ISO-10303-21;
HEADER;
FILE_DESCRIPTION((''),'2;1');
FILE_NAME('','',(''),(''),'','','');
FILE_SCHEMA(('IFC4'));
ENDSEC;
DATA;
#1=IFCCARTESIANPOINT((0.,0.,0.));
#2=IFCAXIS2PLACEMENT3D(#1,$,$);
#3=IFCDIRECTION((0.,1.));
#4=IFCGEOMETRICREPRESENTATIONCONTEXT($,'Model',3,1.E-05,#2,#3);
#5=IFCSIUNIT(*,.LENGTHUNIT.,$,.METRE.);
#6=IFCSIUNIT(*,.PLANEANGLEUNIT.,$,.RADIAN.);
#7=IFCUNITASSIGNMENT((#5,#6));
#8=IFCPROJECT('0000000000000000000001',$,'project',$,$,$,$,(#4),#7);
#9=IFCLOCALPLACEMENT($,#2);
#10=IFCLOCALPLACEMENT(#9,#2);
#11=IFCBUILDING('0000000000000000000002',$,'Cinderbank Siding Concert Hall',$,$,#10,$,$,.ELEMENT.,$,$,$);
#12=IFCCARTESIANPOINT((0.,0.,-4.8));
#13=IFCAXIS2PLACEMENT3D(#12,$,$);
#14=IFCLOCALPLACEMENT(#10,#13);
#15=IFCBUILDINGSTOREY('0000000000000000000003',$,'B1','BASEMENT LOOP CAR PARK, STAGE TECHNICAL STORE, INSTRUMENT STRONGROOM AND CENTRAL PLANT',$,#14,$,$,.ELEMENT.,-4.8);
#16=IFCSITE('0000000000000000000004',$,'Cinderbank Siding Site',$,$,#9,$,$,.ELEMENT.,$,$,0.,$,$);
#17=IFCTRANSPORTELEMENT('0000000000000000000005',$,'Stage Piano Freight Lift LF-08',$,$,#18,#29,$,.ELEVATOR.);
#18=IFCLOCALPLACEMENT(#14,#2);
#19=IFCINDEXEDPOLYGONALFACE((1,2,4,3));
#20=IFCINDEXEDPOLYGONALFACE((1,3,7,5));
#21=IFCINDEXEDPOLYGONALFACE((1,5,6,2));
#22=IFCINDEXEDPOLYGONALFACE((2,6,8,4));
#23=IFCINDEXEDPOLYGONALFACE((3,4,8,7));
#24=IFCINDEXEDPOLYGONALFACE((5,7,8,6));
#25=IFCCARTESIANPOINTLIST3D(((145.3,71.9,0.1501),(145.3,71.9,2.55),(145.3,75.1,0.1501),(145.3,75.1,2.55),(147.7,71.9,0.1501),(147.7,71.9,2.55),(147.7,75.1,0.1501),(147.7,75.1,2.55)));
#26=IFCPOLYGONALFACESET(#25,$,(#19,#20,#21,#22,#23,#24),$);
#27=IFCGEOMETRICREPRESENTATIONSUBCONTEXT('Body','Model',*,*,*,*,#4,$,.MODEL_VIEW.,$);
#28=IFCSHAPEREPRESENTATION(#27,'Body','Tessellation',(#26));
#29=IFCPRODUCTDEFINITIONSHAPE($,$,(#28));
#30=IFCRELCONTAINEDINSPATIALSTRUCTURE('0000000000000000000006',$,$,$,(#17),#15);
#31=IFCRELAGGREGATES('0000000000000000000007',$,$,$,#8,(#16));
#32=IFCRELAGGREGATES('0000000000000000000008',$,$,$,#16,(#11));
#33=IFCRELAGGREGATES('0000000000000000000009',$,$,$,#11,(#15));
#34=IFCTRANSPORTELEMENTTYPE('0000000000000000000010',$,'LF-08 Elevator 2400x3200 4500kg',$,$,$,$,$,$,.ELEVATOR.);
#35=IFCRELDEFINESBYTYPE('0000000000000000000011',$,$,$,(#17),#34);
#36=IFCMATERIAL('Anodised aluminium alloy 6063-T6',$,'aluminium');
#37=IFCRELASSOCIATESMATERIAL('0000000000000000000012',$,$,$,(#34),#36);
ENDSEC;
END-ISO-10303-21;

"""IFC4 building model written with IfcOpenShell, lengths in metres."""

from ifc_helpers import new_model, si_unit, direction, frame, origin, origin_2d, place, context, subcontext, project, spatial, rectangle, extrude, material, type_object, element, save


model = new_model("IFC4")

# Units and contexts
model_context = context("Model", 3, precision=1e-05, world=origin(), true_north=direction((0.0, 1.0)))
body_context = subcontext(model_context, "Body", "Model", "MODEL_VIEW")
ifc_project = project(units=[si_unit("LENGTHUNIT", "METRE"), si_unit("PLANEANGLEUNIT", "RADIAN")], contexts=[model_context])

# Site, building, storey
site_placement = place(None, origin())
site = spatial("IfcSite", under=ifc_project, at=site_placement, Name="Cinderbank Siding Site", CompositionType="ELEMENT", RefElevation=0.0)
building_placement = place(site_placement, origin())
building = spatial("IfcBuilding", under=site, at=building_placement, Name="Cinderbank Siding Concert Hall", CompositionType="ELEMENT")
storey_placement = place(building_placement, frame((0.0, 0.0, -4.8)))
storey = spatial("IfcBuildingStorey", under=building, at=storey_placement, Name="B1", Description="BASEMENT LOOP CAR PARK, STAGE TECHNICAL STORE, INSTRUMENT STRONGROOM AND CENTRAL PLANT", CompositionType="ELEMENT", Elevation=-4.8)

# Transport element
ifc_material_1 = material(Name="Anodised aluminium alloy 6063-T6", Category="aluminium")
transport_element_type = type_object("IfcTransportElementType", Name="LF-08 Elevator 2400x3200 4500kg", PredefinedType="ELEVATOR", material=ifc_material_1)
transport_element_placement = place(storey_placement, frame((146.5, 73.5, 0.1501), z_axis=(0.0, 0.0, 1.0), x_axis=(1.0, 0.0, 0.0)))
element("IfcTransportElement", 1, at=transport_element_placement, inside=storey, type_object=transport_element_type, Name="Stage Piano Freight Lift LF-08", PredefinedType="ELEVATOR", context=body_context, shape_type="SweptSolid", body=[
    extrude(rectangle(XDim=2.3999, YDim=3.2, at=origin_2d()), origin(), (0.0, 0.0, 1.0), 2.3999),
])

save(model, "model.ifc")
